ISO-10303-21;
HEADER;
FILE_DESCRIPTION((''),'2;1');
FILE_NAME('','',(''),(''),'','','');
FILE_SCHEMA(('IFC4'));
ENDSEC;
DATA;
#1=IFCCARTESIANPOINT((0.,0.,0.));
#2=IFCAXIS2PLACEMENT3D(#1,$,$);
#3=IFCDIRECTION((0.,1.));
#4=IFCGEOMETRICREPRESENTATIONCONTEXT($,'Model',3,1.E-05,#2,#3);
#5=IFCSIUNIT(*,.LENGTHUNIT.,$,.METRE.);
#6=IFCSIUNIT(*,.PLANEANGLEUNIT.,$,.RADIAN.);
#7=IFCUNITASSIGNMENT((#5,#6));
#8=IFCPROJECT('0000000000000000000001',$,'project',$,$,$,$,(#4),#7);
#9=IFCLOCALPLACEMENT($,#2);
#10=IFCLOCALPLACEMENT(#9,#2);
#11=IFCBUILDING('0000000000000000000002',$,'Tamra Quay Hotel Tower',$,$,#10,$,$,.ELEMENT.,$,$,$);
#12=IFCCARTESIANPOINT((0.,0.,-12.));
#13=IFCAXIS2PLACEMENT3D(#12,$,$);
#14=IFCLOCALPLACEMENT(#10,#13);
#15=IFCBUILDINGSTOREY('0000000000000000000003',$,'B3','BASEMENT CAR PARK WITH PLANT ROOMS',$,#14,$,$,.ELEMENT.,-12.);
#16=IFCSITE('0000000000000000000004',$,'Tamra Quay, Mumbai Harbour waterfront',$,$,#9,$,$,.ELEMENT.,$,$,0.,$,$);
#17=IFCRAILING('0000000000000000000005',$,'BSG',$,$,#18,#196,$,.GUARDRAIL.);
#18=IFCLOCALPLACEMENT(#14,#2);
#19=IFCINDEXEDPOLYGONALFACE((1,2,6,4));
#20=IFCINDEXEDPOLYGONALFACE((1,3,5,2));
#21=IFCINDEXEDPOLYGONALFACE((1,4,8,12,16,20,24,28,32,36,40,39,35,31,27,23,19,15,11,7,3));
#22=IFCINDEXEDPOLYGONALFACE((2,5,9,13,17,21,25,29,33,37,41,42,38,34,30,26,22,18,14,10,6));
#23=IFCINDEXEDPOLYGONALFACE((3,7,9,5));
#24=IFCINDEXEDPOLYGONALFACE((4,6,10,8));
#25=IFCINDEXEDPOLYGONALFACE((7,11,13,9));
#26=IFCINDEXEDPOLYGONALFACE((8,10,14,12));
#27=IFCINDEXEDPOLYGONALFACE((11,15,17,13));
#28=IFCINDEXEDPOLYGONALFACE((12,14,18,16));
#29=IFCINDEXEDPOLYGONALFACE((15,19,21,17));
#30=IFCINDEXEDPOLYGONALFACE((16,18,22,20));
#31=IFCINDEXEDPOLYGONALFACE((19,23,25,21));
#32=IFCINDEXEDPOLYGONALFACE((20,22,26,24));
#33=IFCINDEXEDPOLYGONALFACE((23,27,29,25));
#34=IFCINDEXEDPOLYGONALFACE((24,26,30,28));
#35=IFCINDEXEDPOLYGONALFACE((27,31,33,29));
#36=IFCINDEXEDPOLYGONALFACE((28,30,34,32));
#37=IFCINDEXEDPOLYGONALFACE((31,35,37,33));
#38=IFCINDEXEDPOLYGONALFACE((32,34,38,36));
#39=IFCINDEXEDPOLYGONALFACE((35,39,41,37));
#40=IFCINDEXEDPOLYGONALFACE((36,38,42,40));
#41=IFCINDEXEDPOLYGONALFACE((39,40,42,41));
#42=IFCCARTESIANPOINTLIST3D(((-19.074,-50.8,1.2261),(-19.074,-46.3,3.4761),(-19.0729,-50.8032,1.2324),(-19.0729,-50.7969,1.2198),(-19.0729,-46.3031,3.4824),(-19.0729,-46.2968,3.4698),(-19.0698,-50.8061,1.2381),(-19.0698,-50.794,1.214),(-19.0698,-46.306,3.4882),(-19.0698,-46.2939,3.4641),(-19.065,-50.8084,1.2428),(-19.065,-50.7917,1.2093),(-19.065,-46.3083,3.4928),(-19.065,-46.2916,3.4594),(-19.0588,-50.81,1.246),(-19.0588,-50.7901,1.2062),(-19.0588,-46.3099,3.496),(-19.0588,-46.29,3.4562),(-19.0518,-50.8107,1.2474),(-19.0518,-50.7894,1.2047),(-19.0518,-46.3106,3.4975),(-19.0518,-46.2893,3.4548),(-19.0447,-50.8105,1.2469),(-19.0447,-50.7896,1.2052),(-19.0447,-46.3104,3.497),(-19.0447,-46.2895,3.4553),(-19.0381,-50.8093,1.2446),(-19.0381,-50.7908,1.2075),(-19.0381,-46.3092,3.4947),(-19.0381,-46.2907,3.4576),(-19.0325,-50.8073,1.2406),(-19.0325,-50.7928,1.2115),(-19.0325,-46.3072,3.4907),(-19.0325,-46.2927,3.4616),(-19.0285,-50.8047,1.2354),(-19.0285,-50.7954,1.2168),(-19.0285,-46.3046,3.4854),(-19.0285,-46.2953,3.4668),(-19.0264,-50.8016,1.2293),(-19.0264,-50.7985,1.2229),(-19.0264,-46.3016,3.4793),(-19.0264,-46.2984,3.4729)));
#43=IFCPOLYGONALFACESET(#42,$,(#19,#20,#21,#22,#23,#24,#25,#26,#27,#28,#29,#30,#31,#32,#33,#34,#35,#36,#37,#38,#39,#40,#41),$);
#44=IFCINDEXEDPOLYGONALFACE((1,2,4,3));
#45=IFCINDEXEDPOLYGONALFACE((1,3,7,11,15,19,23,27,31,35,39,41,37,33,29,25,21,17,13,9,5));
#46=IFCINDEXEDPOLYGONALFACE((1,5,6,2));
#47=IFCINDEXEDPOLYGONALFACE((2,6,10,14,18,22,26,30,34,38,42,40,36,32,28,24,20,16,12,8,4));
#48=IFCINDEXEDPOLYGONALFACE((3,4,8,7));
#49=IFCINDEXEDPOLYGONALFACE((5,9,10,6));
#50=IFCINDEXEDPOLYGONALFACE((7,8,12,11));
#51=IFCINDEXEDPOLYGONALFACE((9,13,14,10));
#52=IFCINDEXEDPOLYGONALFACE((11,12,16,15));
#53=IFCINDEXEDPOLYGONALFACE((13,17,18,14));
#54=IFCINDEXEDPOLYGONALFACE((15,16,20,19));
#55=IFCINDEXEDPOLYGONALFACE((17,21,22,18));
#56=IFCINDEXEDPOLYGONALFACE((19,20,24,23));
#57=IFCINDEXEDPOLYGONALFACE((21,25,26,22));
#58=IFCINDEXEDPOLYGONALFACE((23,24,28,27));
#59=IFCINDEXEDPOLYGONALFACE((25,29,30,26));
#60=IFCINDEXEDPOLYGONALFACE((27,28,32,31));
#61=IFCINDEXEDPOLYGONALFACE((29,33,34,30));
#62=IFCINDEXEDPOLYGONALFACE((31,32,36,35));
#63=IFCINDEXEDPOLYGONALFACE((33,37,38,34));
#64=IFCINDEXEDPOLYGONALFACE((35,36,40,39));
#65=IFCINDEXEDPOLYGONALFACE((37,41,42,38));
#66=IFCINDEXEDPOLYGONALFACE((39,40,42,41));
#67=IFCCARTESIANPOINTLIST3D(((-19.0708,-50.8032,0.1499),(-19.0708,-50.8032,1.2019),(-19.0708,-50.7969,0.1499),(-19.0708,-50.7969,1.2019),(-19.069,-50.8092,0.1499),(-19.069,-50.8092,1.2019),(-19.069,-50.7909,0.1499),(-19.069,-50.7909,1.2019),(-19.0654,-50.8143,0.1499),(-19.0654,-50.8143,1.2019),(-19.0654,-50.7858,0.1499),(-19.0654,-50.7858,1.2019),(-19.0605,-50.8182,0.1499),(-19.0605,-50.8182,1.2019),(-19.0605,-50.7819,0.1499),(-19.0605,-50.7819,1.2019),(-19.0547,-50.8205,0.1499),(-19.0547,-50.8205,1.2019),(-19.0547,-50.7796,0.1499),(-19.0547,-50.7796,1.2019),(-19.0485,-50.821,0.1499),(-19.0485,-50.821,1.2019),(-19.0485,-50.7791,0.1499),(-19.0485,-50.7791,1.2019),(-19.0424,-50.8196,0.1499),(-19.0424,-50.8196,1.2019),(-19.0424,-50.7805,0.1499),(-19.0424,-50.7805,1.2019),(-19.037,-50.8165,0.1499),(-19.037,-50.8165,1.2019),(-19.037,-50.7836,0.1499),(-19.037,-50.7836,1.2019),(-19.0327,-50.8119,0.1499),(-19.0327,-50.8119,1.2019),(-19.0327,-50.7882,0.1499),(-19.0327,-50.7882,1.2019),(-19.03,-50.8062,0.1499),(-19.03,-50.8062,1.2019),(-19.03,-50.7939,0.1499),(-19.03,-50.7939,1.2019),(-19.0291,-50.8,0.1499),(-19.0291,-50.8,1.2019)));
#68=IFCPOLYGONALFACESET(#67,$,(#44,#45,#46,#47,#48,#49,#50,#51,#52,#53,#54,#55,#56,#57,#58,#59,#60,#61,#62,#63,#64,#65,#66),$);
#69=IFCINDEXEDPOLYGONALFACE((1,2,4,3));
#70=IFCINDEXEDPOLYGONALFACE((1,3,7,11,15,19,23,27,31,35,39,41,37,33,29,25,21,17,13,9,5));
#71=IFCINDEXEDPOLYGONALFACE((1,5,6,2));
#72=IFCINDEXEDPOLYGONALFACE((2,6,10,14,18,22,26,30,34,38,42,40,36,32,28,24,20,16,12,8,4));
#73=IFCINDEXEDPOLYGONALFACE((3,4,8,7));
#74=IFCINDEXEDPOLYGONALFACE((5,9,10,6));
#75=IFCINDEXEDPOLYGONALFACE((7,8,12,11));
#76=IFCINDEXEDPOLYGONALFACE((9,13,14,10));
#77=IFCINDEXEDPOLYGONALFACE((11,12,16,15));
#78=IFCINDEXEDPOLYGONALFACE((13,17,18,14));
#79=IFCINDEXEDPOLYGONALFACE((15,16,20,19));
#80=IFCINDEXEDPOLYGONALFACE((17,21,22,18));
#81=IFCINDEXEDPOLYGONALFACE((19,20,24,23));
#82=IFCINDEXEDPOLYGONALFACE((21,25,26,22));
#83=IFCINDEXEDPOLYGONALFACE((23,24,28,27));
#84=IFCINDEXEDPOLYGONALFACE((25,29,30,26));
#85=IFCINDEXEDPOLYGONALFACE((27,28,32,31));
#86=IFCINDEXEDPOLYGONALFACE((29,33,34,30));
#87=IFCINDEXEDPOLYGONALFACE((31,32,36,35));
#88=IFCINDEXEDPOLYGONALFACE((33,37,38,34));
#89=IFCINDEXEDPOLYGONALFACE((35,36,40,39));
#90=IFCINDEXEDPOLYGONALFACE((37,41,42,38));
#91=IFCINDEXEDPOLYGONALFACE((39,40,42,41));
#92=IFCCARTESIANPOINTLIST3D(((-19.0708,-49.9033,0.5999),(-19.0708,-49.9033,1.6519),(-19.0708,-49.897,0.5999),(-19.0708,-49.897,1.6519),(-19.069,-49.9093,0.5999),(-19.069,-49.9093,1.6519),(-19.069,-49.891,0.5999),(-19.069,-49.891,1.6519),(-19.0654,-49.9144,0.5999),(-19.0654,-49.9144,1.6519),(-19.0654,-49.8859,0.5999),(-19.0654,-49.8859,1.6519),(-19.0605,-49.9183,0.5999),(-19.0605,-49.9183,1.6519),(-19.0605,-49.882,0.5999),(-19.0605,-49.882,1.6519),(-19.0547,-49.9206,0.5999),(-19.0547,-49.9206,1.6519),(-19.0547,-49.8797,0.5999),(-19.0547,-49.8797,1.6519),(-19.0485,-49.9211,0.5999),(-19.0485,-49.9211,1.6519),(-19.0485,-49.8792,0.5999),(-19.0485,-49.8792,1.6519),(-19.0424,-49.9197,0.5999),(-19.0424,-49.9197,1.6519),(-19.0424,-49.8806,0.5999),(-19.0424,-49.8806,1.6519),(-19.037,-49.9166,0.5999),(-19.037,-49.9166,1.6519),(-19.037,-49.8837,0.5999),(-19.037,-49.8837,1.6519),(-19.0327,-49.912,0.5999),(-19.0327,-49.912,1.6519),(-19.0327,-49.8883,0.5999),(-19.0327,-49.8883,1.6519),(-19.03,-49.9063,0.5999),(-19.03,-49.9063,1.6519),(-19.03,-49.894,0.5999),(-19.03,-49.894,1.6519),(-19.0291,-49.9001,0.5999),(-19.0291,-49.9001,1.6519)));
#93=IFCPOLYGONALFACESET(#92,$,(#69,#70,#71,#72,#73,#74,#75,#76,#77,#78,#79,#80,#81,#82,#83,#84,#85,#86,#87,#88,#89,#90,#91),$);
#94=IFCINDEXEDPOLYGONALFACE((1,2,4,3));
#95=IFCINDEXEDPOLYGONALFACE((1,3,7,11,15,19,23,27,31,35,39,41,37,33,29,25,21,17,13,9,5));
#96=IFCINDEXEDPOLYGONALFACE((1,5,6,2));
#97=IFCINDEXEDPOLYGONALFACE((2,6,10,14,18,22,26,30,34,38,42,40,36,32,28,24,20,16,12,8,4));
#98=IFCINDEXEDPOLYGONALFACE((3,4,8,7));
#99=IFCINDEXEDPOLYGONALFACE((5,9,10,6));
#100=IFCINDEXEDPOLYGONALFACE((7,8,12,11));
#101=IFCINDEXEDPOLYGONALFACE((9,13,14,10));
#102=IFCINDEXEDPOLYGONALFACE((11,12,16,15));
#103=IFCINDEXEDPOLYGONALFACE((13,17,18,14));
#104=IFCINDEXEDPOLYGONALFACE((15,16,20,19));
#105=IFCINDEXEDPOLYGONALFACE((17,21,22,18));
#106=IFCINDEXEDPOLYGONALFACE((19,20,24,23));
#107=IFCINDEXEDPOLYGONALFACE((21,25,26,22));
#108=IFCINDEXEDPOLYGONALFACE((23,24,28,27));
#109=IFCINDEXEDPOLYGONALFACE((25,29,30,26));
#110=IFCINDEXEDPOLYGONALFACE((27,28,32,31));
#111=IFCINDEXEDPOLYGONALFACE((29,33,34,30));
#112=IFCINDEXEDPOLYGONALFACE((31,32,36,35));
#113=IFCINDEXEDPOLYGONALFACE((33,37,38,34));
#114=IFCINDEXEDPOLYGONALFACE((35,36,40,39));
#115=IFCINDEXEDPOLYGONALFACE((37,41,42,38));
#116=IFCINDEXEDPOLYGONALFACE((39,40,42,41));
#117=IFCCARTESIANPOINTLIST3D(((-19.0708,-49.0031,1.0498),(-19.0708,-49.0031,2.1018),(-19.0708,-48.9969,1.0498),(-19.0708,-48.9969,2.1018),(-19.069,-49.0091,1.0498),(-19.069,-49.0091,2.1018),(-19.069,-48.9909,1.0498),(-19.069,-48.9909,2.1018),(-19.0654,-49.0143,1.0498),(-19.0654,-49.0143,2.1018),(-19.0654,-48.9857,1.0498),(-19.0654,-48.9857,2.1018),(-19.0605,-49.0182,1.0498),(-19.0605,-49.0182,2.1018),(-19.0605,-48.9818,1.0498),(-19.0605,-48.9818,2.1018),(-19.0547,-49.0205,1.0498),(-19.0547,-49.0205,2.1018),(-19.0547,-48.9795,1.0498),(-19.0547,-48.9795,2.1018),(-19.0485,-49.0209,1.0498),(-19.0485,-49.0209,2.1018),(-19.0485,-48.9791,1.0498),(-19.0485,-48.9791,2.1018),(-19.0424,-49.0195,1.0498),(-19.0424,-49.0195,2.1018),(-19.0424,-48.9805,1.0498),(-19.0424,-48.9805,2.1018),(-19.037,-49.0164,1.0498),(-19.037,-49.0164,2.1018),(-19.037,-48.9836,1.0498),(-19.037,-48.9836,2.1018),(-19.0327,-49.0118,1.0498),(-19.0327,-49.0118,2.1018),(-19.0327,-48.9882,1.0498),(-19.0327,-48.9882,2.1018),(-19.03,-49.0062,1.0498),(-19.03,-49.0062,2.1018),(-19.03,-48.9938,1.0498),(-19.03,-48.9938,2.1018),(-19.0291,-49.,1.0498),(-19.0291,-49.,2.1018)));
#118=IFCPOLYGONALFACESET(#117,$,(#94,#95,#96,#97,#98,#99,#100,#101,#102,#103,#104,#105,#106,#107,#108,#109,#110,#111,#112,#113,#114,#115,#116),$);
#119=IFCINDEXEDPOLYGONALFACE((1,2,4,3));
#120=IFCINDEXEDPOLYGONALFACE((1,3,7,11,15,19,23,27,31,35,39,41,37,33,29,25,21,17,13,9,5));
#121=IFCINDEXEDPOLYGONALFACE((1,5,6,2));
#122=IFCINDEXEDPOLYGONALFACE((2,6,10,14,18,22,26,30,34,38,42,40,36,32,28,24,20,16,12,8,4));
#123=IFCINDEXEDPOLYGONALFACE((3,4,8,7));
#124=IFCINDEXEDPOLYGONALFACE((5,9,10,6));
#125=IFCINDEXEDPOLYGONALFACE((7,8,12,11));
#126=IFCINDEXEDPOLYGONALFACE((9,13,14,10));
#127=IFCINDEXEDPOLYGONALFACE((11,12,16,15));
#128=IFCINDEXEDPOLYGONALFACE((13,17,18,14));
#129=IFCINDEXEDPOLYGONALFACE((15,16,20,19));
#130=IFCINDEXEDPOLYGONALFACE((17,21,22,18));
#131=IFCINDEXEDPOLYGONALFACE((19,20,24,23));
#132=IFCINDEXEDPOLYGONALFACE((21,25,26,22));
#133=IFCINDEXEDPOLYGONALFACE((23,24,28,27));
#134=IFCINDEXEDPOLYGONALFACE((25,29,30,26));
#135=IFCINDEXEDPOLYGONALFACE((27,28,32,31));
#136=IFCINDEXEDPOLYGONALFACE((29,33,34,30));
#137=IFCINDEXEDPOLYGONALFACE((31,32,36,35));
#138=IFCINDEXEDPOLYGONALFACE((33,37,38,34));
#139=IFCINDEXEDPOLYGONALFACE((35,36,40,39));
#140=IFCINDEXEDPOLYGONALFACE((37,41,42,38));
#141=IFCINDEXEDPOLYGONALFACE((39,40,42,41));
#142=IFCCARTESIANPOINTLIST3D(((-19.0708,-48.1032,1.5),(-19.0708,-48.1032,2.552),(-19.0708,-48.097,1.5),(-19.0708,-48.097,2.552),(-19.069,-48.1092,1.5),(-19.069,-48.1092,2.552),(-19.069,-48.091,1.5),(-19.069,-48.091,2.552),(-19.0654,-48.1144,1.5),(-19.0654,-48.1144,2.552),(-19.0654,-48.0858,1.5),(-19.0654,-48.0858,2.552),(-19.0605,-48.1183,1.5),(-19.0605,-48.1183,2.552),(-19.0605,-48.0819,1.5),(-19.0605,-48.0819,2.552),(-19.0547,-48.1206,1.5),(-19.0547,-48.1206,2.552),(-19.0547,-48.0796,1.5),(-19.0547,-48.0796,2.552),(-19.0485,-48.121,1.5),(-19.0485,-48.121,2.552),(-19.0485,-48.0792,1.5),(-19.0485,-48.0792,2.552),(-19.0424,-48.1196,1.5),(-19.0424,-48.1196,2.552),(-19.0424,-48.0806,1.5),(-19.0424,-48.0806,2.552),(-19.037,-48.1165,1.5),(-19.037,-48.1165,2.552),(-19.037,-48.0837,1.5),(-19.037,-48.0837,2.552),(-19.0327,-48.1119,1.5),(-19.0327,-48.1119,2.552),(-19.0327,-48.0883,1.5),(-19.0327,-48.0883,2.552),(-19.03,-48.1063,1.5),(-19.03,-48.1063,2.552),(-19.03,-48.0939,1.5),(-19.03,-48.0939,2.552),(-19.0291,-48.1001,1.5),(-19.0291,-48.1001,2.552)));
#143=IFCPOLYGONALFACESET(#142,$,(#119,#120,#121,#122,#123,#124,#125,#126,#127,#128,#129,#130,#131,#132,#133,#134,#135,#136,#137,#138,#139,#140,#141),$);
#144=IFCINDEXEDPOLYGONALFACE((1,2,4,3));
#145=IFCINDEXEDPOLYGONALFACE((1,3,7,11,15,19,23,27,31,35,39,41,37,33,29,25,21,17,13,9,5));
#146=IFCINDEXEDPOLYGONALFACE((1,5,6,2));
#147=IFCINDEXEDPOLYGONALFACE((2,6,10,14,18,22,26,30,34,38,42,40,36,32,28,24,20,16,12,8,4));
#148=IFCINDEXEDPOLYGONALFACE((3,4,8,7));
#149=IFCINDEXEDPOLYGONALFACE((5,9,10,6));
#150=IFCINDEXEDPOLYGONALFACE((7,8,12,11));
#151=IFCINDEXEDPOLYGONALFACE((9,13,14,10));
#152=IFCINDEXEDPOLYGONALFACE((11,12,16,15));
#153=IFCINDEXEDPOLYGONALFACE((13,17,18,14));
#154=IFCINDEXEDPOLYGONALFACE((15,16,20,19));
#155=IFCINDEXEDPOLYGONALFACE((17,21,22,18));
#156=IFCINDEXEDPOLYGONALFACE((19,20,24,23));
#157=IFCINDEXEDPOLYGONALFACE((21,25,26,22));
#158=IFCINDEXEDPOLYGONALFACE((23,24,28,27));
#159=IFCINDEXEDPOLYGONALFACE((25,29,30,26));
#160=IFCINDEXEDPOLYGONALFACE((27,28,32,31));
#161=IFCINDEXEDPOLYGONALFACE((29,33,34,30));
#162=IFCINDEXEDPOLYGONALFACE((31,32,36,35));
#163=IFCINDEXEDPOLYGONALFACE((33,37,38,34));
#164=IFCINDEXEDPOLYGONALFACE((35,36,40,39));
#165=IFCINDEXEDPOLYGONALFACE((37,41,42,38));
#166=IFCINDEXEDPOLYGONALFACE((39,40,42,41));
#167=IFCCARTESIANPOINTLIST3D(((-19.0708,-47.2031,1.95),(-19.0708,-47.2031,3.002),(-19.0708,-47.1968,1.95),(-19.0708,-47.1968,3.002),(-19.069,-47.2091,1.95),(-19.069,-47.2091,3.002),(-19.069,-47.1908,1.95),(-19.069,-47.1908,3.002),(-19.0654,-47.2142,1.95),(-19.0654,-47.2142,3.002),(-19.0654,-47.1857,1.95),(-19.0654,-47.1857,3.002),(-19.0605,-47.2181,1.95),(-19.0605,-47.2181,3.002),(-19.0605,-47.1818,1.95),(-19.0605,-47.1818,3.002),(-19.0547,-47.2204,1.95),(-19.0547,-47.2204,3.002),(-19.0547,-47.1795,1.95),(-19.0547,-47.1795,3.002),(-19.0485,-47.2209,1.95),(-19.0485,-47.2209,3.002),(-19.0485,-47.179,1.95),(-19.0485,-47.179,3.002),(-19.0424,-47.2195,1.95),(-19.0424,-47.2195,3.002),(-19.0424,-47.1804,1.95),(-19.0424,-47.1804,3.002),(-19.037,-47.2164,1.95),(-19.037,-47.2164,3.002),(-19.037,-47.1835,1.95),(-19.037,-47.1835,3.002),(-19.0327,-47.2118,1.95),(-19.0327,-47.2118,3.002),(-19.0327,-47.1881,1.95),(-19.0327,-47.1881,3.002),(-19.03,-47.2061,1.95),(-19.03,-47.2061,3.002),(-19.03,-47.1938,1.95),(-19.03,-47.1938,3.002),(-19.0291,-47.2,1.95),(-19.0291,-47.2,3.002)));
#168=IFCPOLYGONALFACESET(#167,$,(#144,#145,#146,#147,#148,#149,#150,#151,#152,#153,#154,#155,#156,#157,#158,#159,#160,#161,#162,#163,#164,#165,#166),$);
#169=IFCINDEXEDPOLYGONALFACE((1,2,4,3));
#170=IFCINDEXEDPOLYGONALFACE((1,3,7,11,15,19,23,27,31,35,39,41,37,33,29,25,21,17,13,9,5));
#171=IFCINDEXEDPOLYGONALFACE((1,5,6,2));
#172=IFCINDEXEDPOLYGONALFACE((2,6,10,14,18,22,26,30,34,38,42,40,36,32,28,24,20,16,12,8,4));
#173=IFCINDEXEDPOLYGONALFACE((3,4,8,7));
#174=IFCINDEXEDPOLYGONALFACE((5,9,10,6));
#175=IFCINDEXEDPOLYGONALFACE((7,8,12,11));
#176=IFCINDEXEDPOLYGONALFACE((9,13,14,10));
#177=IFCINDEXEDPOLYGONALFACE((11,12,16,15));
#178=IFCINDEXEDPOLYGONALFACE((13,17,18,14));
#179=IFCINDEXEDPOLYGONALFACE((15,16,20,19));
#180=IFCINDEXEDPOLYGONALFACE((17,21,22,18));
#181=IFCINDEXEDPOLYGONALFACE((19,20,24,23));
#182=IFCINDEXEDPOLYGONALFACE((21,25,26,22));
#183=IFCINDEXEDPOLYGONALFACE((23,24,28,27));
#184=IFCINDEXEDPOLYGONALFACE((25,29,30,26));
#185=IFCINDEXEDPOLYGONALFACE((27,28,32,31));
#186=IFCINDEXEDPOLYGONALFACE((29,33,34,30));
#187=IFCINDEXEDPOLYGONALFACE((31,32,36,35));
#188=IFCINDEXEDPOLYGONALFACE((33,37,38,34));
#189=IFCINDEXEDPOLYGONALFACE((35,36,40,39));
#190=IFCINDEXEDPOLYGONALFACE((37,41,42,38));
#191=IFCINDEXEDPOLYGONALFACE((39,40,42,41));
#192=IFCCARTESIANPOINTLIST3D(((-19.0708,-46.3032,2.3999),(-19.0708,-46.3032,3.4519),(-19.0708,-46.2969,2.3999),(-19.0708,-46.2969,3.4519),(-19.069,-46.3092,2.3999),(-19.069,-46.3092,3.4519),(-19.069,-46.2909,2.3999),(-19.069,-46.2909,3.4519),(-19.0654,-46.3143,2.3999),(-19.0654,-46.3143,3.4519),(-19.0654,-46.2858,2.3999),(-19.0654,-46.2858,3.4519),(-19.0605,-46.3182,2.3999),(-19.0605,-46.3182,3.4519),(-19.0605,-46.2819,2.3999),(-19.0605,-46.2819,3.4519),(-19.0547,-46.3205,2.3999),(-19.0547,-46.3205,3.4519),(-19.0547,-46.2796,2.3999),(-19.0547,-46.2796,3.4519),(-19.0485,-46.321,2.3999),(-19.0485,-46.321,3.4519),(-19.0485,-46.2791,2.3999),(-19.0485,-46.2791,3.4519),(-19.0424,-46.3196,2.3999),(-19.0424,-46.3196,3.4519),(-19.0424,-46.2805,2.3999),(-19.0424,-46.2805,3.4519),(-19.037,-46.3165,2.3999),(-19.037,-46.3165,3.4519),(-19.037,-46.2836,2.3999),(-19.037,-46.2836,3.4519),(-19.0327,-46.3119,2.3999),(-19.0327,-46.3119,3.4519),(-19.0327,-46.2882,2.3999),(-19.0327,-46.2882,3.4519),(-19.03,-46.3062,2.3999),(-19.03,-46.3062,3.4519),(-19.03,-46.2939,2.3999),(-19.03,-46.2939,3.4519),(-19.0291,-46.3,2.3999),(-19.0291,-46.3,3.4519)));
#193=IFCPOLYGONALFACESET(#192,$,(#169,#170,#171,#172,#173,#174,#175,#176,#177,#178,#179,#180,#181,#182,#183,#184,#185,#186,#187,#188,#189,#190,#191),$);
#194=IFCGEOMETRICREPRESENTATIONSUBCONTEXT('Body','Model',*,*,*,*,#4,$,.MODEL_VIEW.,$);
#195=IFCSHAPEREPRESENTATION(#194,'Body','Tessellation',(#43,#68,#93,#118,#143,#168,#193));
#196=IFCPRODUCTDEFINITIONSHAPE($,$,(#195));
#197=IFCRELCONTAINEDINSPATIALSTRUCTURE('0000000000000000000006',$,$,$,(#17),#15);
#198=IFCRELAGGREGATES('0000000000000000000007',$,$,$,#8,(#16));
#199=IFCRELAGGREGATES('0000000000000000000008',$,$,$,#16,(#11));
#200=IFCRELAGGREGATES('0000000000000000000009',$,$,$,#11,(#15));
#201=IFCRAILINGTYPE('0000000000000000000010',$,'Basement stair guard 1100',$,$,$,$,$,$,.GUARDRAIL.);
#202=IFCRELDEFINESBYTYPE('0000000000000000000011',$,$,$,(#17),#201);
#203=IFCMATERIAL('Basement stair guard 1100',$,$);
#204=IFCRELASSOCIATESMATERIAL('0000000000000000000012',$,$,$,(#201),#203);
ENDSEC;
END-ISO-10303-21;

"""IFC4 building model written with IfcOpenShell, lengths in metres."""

from ifc_helpers import new_model, si_unit, direction, frame, origin, origin_2d, place, context, subcontext, project, spatial, circle, extrude, material, type_object, element, save


model = new_model("IFC4")

# Units and contexts
model_context = context("Model", 3, precision=1e-05, world=origin(), true_north=direction((0.0, 1.0)))
body_context = subcontext(model_context, "Body", "Model", "MODEL_VIEW")
ifc_project = project(units=[si_unit("LENGTHUNIT", "METRE"), si_unit("PLANEANGLEUNIT", "RADIAN")], contexts=[model_context])

# Site, building, storey
site_placement = place(None, origin())
site = spatial("IfcSite", under=ifc_project, at=site_placement, Name="Tamra Quay, Mumbai Harbour waterfront", CompositionType="ELEMENT", RefElevation=0.0)
building_placement = place(site_placement, origin())
building = spatial("IfcBuilding", under=site, at=building_placement, Name="Tamra Quay Hotel Tower", CompositionType="ELEMENT")
storey_placement = place(building_placement, frame((0.0, 0.0, -12.0)))
storey = spatial("IfcBuildingStorey", under=building, at=storey_placement, Name="B3", Description="BASEMENT CAR PARK WITH PLANT ROOMS", CompositionType="ELEMENT", Elevation=-12.0)

# Railing
ifc_material_1 = material(Name="Basement stair guard 1100")
railing_type_1 = type_object("IfcRailingType", Name="Basement stair guard 1100", PredefinedType="GUARDRAIL", material=ifc_material_1)
railing_1_placement = place(storey_placement, frame((-19.05, -50.8, 0.1499)))
element("IfcRailing", 1, at=railing_1_placement, inside=storey, type_object=railing_type_1, Name="BSG", PredefinedType="GUARDRAIL", context=body_context, shape_type="SweptSolid", body=[
    extrude(circle(Radius=0.0239, at=origin_2d()), frame((0.0, 0.0, 1.0762), z_axis=(0.0, 0.894427, 0.447214), x_axis=(-1.0, 0.0, 0.0)), (0.0, 0.0, 1.0), 5.0312),
    extrude(circle(Radius=0.021, at=origin_2d()), origin(), (0.0, 0.0, 1.0), 1.052),
    extrude(circle(Radius=0.021, at=origin_2d()), frame((0.0, 0.8999, 0.45)), (0.0, 0.0, 1.0), 1.052),
    extrude(circle(Radius=0.021, at=origin_2d()), frame((0.0, 1.8, 0.8999)), (0.0, 0.0, 1.0), 1.052),
    extrude(circle(Radius=0.021, at=origin_2d()), frame((0.0, 2.7, 1.3501)), (0.0, 0.0, 1.0), 1.052),
    extrude(circle(Radius=0.021, at=origin_2d()), frame((0.0, 3.6001, 1.8)), (0.0, 0.0, 1.0), 1.052),
    extrude(circle(Radius=0.021, at=origin_2d()), frame((0.0, 4.5, 2.25)), (0.0, 0.0, 1.0), 1.052),
])

save(model, "model.ifc")
